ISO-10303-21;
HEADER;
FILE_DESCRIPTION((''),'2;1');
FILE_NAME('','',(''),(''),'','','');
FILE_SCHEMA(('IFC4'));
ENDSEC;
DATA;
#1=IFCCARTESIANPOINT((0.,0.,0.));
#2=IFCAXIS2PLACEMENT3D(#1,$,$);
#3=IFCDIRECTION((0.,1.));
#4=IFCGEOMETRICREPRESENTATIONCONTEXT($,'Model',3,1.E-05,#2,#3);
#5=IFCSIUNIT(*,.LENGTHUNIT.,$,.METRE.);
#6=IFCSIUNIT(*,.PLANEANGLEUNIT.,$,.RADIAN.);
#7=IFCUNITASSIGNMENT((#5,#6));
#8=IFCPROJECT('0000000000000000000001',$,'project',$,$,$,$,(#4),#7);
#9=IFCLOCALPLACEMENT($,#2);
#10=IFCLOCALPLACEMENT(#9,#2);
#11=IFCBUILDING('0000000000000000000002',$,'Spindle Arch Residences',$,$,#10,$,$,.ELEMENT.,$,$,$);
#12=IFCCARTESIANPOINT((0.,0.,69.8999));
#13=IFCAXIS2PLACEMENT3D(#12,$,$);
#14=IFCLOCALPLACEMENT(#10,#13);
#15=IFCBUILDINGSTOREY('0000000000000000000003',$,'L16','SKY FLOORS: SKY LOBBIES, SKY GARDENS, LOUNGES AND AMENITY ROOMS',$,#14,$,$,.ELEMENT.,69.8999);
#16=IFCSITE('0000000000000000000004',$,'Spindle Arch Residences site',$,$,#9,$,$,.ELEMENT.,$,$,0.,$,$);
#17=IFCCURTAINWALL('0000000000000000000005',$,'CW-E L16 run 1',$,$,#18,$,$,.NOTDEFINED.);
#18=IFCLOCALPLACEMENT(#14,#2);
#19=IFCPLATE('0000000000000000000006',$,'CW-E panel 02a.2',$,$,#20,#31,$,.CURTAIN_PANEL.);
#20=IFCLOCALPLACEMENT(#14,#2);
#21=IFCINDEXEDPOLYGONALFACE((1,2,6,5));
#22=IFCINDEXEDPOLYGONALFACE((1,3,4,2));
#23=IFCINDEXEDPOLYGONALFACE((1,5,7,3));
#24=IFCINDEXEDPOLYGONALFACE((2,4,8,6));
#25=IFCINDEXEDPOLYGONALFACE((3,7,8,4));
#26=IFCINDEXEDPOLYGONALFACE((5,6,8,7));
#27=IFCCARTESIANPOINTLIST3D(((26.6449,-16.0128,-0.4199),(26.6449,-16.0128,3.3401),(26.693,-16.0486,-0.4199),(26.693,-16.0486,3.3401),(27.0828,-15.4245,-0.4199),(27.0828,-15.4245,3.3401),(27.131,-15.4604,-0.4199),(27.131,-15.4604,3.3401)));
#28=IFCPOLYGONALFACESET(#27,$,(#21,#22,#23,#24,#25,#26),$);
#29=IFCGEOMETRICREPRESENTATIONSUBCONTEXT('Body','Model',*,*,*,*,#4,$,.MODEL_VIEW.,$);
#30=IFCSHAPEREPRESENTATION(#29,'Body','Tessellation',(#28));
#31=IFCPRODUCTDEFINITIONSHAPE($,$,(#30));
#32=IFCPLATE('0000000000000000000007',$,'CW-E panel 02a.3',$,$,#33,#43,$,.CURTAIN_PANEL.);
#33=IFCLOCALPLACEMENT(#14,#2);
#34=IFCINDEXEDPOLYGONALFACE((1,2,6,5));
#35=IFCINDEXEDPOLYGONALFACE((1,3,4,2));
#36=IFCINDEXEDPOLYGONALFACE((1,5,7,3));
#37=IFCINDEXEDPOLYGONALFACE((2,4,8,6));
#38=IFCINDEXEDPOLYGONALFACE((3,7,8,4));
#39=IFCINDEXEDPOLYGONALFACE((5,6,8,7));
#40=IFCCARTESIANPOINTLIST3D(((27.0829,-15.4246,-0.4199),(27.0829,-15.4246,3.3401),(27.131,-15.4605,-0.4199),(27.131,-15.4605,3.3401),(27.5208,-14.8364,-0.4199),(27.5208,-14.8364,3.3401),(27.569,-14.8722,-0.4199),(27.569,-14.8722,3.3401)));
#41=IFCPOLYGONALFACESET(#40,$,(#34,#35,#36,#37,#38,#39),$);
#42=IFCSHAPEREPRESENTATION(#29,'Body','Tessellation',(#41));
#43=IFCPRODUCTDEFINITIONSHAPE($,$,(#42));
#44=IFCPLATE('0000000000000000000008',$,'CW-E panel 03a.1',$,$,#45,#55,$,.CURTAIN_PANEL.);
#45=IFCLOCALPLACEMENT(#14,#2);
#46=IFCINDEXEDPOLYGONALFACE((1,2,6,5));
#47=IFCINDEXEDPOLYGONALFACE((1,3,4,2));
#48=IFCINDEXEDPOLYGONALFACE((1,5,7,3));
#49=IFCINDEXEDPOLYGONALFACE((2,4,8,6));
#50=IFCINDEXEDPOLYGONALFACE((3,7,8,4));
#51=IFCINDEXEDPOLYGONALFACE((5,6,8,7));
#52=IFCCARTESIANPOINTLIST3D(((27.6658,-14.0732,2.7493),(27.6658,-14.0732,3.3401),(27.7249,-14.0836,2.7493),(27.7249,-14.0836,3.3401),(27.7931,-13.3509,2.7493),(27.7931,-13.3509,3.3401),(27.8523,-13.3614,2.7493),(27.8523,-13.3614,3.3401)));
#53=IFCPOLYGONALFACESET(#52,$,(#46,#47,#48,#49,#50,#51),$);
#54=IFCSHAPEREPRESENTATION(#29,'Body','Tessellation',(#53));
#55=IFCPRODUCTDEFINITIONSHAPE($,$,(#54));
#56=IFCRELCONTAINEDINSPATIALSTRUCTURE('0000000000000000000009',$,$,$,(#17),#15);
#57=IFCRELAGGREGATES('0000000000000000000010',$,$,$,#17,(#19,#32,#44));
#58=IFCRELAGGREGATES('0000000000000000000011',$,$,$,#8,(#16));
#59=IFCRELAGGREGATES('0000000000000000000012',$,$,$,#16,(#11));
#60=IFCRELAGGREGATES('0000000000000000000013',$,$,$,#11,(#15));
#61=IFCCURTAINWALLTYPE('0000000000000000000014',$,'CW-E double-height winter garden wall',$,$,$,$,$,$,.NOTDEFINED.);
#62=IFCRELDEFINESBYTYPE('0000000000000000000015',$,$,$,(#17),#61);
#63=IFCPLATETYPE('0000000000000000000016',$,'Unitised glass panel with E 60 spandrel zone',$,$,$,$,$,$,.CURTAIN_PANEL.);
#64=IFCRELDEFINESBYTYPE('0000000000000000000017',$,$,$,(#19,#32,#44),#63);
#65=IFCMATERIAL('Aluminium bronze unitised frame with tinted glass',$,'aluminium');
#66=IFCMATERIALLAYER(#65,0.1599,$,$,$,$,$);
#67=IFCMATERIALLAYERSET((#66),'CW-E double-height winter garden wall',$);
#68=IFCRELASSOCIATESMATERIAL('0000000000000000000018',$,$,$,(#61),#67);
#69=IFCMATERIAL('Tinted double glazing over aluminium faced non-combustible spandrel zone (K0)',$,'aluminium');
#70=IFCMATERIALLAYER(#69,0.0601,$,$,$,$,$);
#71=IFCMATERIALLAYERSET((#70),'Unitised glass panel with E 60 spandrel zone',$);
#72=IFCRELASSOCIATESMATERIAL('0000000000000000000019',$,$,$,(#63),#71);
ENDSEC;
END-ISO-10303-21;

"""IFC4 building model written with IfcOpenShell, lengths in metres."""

from ifc_helpers import new_model, si_unit, direction, frame, origin, origin_2d, place, context, subcontext, project, spatial, rectangle, extrude, material, layer, layer_set, type_object, element, aggregate, save


model = new_model("IFC4")

# Units and contexts
model_context = context("Model", 3, precision=1e-05, world=origin(), true_north=direction((0.0, 1.0)))
body_context = subcontext(model_context, "Body", "Model", "MODEL_VIEW")
ifc_project = project(units=[si_unit("LENGTHUNIT", "METRE"), si_unit("PLANEANGLEUNIT", "RADIAN")], contexts=[model_context])

# Site, building, storey
site_placement = place(None, origin())
site = spatial("IfcSite", under=ifc_project, at=site_placement, Name="Spindle Arch Residences site", CompositionType="ELEMENT", RefElevation=0.0)
building_placement = place(site_placement, origin())
building = spatial("IfcBuilding", under=site, at=building_placement, Name="Spindle Arch Residences", CompositionType="ELEMENT")
storey_placement = place(building_placement, frame((0.0, 0.0, 69.8999)))
storey = spatial("IfcBuildingStorey", under=building, at=storey_placement, Name="L16", Description="SKY FLOORS: SKY LOBBIES, SKY GARDENS, LOUNGES AND AMENITY ROOMS", CompositionType="ELEMENT", Elevation=69.8999)

# Curtain wall, plates
ifc_material_1 = material(Name="Aluminium bronze unitised frame with tinted glass", Category="aluminium")
ifc_layer_1 = layer(ifc_material_1, 0.1599)
ifc_layer_set_1 = layer_set([ifc_layer_1], Name="CW-E double-height winter garden wall")
curtain_wall_type = type_object("IfcCurtainWallType", Name="CW-E double-height winter garden wall", PredefinedType="NOTDEFINED", material=ifc_layer_set_1)
curtain_wall_placement = place(storey_placement, origin())
curtain_wall = element("IfcCurtainWall", 1, at=curtain_wall_placement, inside=storey, type_object=curtain_wall_type, Name="CW-E L16 run 1", PredefinedType="NOTDEFINED")
ifc_material_2 = material(Name="Tinted double glazing over aluminium faced non-combustible spandrel zone (K0)", Category="aluminium")
ifc_layer_2 = layer(ifc_material_2, 0.0601)
ifc_layer_set_2 = layer_set([ifc_layer_2], Name="Unitised glass panel with E 60 spandrel zone")
plate_type_1 = type_object("IfcPlateType", Name="Unitised glass panel with E 60 spandrel zone", PredefinedType="CURTAIN_PANEL", material=ifc_layer_set_2)
plate_1_placement = place(storey_placement, frame((26.8879, -15.7366, -0.4199), z_axis=(0.0, 0.0, 1.0), x_axis=(0.597159, 0.802123, 0.0)))
plate_1 = element("IfcPlate", 2, at=plate_1_placement, type_object=plate_type_1, Name="CW-E panel 02a.2", PredefinedType="CURTAIN_PANEL", context=body_context, shape_type="SweptSolid", body=[
    extrude(rectangle(XDim=0.7334, YDim=0.0601, at=origin_2d()), origin(), (0.0, 0.0, 1.0), 3.76),
])
plate_2_placement = place(storey_placement, frame((27.3259, -15.1484, -0.4199), z_axis=(0.0, 0.0, 1.0), x_axis=(0.597159, 0.802123, 0.0)))
plate_2 = element("IfcPlate", 3, at=plate_2_placement, type_object=plate_type_1, Name="CW-E panel 02a.3", PredefinedType="CURTAIN_PANEL", context=body_context, shape_type="SweptSolid", body=[
    extrude(rectangle(XDim=0.7334, YDim=0.0601, at=origin_2d()), origin(), (0.0, 0.0, 1.0), 3.76),
])
plate_3_placement = place(storey_placement, frame((27.759, -13.7173, 2.7493), z_axis=(0.0, 0.0, 1.0), x_axis=(0.173648, 0.984808, 0.0)))
plate_3 = element("IfcPlate", 4, at=plate_3_placement, type_object=plate_type_1, Name="CW-E panel 03a.1", PredefinedType="CURTAIN_PANEL", context=body_context, shape_type="SweptSolid", body=[
    extrude(rectangle(XDim=0.7334, YDim=0.0601, at=origin_2d()), origin(), (0.0, 0.0, 1.0), 0.5908),
])
aggregate(curtain_wall, [plate_1, plate_2, plate_3])

save(model, "model.ifc")
